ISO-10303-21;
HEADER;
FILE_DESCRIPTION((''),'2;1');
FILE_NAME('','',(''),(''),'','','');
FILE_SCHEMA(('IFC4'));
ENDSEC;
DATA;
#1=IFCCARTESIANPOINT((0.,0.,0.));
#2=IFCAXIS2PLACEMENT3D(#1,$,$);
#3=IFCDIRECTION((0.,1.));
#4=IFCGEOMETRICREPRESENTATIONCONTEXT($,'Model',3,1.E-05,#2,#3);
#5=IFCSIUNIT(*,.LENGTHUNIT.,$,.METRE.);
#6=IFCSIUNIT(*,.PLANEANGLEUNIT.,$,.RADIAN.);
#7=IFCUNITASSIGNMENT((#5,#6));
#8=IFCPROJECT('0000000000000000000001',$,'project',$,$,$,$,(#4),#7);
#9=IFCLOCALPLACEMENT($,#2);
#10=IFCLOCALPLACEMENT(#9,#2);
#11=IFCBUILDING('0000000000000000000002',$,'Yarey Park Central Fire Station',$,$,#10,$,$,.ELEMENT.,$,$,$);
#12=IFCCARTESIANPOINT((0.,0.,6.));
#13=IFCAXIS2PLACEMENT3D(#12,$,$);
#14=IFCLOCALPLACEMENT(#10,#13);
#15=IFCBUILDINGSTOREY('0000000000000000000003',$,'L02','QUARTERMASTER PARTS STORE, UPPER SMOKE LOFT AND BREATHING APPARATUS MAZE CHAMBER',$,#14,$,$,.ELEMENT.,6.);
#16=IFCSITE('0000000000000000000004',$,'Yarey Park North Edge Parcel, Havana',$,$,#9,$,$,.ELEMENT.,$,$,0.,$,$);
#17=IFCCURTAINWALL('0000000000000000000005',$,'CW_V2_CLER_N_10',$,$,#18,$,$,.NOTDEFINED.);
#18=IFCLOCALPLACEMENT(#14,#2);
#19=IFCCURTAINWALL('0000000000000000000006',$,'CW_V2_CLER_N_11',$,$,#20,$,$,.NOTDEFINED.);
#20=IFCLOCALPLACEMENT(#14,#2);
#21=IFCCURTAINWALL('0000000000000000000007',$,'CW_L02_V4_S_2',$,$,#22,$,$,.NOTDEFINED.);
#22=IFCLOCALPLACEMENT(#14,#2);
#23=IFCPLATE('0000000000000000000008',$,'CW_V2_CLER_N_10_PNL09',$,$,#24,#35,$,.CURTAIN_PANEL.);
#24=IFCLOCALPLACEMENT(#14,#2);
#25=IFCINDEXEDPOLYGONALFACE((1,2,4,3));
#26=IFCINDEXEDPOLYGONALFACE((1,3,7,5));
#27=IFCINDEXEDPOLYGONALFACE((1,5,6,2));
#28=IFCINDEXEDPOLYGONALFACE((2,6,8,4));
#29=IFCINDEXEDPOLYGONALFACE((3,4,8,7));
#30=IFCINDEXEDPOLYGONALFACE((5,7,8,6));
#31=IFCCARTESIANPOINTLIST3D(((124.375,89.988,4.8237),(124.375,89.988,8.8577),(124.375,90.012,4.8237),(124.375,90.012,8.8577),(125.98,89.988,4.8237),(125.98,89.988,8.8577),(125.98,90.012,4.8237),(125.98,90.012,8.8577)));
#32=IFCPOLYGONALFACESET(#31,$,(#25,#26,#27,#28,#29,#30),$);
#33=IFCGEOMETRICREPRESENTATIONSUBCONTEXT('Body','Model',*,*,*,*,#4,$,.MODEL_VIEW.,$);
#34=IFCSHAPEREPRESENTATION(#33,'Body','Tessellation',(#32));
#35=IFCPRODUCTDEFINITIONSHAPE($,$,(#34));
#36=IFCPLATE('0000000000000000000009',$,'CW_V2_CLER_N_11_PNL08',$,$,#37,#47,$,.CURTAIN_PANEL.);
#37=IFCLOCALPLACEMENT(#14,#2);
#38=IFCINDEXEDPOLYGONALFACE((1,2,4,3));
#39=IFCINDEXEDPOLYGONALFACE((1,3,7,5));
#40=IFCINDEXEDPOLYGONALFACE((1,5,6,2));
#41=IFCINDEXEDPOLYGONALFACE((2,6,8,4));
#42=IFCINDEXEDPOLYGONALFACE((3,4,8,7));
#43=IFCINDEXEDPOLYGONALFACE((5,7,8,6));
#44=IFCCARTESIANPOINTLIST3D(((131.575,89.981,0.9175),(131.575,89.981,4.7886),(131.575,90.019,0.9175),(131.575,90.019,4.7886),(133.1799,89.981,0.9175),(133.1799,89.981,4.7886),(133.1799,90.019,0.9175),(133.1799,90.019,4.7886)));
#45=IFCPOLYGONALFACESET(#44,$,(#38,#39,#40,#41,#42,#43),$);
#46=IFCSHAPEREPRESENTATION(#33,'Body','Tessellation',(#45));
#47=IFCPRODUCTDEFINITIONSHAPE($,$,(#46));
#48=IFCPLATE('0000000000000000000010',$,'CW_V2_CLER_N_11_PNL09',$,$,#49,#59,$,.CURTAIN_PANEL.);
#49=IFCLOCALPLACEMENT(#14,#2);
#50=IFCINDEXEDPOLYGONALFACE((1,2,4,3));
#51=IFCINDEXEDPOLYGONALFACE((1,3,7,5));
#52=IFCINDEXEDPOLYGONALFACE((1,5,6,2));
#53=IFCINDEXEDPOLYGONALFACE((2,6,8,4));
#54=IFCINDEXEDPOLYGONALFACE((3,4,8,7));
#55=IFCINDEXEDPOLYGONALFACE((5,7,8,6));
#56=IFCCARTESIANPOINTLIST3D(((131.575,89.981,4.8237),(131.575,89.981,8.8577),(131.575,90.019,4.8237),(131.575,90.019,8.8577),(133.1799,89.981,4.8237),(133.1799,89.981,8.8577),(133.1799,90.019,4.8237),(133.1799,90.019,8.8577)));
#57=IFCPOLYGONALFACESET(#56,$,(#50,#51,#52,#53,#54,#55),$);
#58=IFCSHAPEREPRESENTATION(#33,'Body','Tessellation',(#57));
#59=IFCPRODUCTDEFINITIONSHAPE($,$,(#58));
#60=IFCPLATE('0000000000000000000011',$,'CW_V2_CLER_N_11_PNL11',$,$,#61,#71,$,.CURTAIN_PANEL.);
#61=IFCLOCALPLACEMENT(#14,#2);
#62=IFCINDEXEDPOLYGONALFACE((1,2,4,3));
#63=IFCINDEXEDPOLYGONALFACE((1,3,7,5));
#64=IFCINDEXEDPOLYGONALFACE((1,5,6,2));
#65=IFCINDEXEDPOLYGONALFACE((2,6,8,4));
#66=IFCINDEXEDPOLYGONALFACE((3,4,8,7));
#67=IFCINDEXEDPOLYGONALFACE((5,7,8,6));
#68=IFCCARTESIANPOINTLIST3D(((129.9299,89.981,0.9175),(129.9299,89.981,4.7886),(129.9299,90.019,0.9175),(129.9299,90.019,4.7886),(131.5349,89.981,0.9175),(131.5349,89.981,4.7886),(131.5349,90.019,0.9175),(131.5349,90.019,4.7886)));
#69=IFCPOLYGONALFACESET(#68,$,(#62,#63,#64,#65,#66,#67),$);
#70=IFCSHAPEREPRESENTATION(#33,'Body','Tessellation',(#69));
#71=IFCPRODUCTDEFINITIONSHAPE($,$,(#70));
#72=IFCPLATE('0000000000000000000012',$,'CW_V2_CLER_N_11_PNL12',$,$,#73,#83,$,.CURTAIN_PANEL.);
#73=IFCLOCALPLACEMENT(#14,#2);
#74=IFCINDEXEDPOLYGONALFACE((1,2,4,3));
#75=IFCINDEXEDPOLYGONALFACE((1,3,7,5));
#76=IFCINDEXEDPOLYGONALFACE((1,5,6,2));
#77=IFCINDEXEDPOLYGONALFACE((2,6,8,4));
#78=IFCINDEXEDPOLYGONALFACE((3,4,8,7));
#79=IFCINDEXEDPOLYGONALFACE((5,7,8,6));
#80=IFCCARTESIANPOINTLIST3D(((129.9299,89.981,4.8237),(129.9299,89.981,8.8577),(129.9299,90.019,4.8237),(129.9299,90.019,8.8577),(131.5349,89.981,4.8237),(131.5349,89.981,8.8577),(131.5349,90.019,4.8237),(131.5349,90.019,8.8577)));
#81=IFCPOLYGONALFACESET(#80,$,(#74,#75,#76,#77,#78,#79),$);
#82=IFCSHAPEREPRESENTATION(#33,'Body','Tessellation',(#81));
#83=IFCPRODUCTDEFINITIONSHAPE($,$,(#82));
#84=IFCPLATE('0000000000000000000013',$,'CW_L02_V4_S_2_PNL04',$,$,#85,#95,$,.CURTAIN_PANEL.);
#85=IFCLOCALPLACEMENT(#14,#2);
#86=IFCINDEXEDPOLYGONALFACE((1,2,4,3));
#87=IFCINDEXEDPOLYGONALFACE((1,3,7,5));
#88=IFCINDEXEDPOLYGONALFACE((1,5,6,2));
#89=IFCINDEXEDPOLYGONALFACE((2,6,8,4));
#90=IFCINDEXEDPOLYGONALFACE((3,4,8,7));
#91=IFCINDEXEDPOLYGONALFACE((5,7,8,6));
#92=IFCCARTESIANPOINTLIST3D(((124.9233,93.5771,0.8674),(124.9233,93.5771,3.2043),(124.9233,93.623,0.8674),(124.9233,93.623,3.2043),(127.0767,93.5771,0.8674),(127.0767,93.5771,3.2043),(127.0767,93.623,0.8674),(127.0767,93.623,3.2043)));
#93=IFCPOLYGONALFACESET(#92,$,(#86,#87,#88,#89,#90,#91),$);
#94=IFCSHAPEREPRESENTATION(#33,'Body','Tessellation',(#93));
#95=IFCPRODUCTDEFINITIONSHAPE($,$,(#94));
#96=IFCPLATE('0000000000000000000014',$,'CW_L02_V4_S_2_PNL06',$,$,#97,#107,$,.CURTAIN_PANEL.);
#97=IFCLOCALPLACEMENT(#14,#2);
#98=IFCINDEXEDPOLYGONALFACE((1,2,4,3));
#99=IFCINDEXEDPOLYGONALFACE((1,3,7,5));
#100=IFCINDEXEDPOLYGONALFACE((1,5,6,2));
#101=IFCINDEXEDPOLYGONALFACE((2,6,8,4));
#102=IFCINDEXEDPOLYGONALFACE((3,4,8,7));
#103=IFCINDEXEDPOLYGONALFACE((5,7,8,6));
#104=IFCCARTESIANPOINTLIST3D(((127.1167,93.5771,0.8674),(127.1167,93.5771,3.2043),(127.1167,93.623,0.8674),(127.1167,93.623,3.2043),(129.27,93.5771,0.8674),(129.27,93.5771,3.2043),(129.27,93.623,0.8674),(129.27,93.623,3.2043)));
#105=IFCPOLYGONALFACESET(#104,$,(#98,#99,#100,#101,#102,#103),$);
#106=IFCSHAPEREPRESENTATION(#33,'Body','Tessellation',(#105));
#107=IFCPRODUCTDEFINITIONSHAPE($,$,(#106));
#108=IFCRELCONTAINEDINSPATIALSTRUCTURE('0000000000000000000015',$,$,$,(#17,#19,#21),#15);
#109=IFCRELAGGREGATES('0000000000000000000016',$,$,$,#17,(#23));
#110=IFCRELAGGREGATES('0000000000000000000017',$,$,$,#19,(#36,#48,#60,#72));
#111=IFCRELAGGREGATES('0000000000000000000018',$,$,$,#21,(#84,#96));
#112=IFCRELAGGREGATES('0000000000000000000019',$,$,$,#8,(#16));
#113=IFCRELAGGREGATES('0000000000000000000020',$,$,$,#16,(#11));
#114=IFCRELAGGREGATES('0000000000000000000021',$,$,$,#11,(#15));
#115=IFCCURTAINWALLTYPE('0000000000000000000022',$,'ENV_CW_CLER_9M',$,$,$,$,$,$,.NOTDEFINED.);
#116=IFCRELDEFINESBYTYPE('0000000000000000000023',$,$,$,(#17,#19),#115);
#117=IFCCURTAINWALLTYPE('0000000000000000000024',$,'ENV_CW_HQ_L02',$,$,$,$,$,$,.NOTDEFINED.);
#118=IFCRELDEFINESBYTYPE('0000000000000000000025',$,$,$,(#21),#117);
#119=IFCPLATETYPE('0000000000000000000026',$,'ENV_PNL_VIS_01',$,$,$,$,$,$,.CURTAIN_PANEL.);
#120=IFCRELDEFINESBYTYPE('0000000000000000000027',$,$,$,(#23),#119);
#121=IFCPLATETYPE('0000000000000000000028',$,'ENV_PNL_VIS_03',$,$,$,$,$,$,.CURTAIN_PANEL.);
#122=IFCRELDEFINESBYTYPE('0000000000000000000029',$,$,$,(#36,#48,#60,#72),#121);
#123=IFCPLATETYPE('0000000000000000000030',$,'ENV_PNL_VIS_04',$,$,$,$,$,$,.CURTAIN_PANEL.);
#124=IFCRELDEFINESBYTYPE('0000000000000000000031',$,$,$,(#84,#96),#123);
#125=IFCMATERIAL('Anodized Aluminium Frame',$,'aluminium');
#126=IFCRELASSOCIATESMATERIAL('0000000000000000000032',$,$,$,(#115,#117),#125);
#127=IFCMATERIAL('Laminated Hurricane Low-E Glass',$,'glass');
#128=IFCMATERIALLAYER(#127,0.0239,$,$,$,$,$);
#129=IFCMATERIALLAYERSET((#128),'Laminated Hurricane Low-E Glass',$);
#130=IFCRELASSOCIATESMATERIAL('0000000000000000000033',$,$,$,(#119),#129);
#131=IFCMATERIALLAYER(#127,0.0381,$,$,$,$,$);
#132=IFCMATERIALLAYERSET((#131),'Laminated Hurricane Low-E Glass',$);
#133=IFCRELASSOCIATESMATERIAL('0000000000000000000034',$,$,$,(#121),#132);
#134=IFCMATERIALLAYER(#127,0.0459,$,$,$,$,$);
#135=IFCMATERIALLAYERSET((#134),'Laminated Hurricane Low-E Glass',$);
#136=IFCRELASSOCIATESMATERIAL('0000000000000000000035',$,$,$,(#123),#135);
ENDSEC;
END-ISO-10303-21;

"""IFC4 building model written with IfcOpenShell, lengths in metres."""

from ifc_helpers import new_model, si_unit, direction, frame, origin, origin_2d, place, context, subcontext, project, spatial, rectangle, extrude, material, layer, layer_set, type_object, element, aggregate, save


model = new_model("IFC4")

# Units and contexts
model_context = context("Model", 3, precision=1e-05, world=origin(), true_north=direction((0.0, 1.0)))
body_context = subcontext(model_context, "Body", "Model", "MODEL_VIEW")
ifc_project = project(units=[si_unit("LENGTHUNIT", "METRE"), si_unit("PLANEANGLEUNIT", "RADIAN")], contexts=[model_context])

# Site, building, storey
site_placement = place(None, origin())
site = spatial("IfcSite", under=ifc_project, at=site_placement, Name="Yarey Park North Edge Parcel, Havana", CompositionType="ELEMENT", RefElevation=0.0)
building_placement = place(site_placement, origin())
building = spatial("IfcBuilding", under=site, at=building_placement, Name="Yarey Park Central Fire Station", CompositionType="ELEMENT")
storey_placement = place(building_placement, frame((0.0, 0.0, 6.0)))
storey = spatial("IfcBuildingStorey", under=building, at=storey_placement, Name="L02", Description="QUARTERMASTER PARTS STORE, UPPER SMOKE LOFT AND BREATHING APPARATUS MAZE CHAMBER", CompositionType="ELEMENT", Elevation=6.0)

# Curtain walls
ifc_material_1 = material(Name="Anodized Aluminium Frame", Category="aluminium")
curtain_wall_type_1 = type_object("IfcCurtainWallType", Name="ENV_CW_CLER_9M", PredefinedType="NOTDEFINED", material=ifc_material_1)
curtain_wall_1_placement = place(storey_placement, origin())
curtain_wall_1 = element("IfcCurtainWall", 1, at=curtain_wall_1_placement, inside=storey, type_object=curtain_wall_type_1, Name="CW_V2_CLER_N_10", PredefinedType="NOTDEFINED")
curtain_wall_2_placement = place(storey_placement, origin())
curtain_wall_2 = element("IfcCurtainWall", 2, at=curtain_wall_2_placement, inside=storey, type_object=curtain_wall_type_1, Name="CW_V2_CLER_N_11", PredefinedType="NOTDEFINED")

# Curtain wall
curtain_wall_type_2 = type_object("IfcCurtainWallType", Name="ENV_CW_HQ_L02", PredefinedType="NOTDEFINED", material=ifc_material_1)
curtain_wall_3_placement = place(storey_placement, origin())
curtain_wall_3 = element("IfcCurtainWall", 3, at=curtain_wall_3_placement, inside=storey, type_object=curtain_wall_type_2, Name="CW_L02_V4_S_2", PredefinedType="NOTDEFINED")

# Plates
ifc_material_2 = material(Name="Laminated Hurricane Low-E Glass", Category="glass")
ifc_layer_1 = layer(ifc_material_2, 0.0239)
ifc_layer_set_1 = layer_set([ifc_layer_1], Name="Laminated Hurricane Low-E Glass")
plate_type_1 = type_object("IfcPlateType", Name="ENV_PNL_VIS_01", PredefinedType="CURTAIN_PANEL", material=ifc_layer_set_1)
plate_1_placement = place(storey_placement, frame((125.1775, 90.0, 4.8237), z_axis=(0.0, 0.0, 1.0), x_axis=(-1.0, 0.0, 0.0)))
plate_1 = element("IfcPlate", 4, at=plate_1_placement, type_object=plate_type_1, Name="CW_V2_CLER_N_10_PNL09", PredefinedType="CURTAIN_PANEL", context=body_context, shape_type="SweptSolid", body=[
    extrude(rectangle(XDim=1.605, YDim=0.0239, at=origin_2d()), origin(), (0.0, 0.0, 1.0), 4.0339),
])
aggregate(curtain_wall_1, [plate_1])
ifc_layer_2 = layer(ifc_material_2, 0.0381)
ifc_layer_set_2 = layer_set([ifc_layer_2], Name="Laminated Hurricane Low-E Glass")
plate_type_2 = type_object("IfcPlateType", Name="ENV_PNL_VIS_03", PredefinedType="CURTAIN_PANEL", material=ifc_layer_set_2)
plate_2_placement = place(storey_placement, frame((132.3774, 90.0, 0.9175), z_axis=(0.0, 0.0, 1.0), x_axis=(-1.0, 0.0, 0.0)))
plate_2 = element("IfcPlate", 5, at=plate_2_placement, type_object=plate_type_2, Name="CW_V2_CLER_N_11_PNL08", PredefinedType="CURTAIN_PANEL", context=body_context, shape_type="SweptSolid", body=[
    extrude(rectangle(XDim=1.605, YDim=0.0381, at=origin_2d()), origin(), (0.0, 0.0, 1.0), 3.8711),
])
plate_3_placement = place(storey_placement, frame((132.3774, 90.0, 4.8237), z_axis=(0.0, 0.0, 1.0), x_axis=(-1.0, 0.0, 0.0)))
plate_3 = element("IfcPlate", 6, at=plate_3_placement, type_object=plate_type_2, Name="CW_V2_CLER_N_11_PNL09", PredefinedType="CURTAIN_PANEL", context=body_context, shape_type="SweptSolid", body=[
    extrude(rectangle(XDim=1.605, YDim=0.0381, at=origin_2d()), origin(), (0.0, 0.0, 1.0), 4.0339),
])
plate_4_placement = place(storey_placement, frame((130.7324, 90.0, 0.9175), z_axis=(0.0, 0.0, 1.0), x_axis=(-1.0, 0.0, 0.0)))
plate_4 = element("IfcPlate", 7, at=plate_4_placement, type_object=plate_type_2, Name="CW_V2_CLER_N_11_PNL11", PredefinedType="CURTAIN_PANEL", context=body_context, shape_type="SweptSolid", body=[
    extrude(rectangle(XDim=1.605, YDim=0.0381, at=origin_2d()), origin(), (0.0, 0.0, 1.0), 3.8711),
])
plate_5_placement = place(storey_placement, frame((130.7324, 90.0, 4.8237), z_axis=(0.0, 0.0, 1.0), x_axis=(-1.0, 0.0, 0.0)))
plate_5 = element("IfcPlate", 8, at=plate_5_placement, type_object=plate_type_2, Name="CW_V2_CLER_N_11_PNL12", PredefinedType="CURTAIN_PANEL", context=body_context, shape_type="SweptSolid", body=[
    extrude(rectangle(XDim=1.605, YDim=0.0381, at=origin_2d()), origin(), (0.0, 0.0, 1.0), 4.0339),
])
aggregate(curtain_wall_2, [plate_2, plate_3, plate_4, plate_5])
ifc_layer_3 = layer(ifc_material_2, 0.0459)
ifc_layer_set_3 = layer_set([ifc_layer_3], Name="Laminated Hurricane Low-E Glass")
plate_type_3 = type_object("IfcPlateType", Name="ENV_PNL_VIS_04", PredefinedType="CURTAIN_PANEL", material=ifc_layer_set_3)
plate_6_placement = place(storey_placement, frame((126.0, 93.6001, 0.8674), z_axis=(0.0, 0.0, 1.0), x_axis=(1.0, 0.0, 0.0)))
plate_6 = element("IfcPlate", 9, at=plate_6_placement, type_object=plate_type_3, Name="CW_L02_V4_S_2_PNL04", PredefinedType="CURTAIN_PANEL", context=body_context, shape_type="SweptSolid", body=[
    extrude(rectangle(XDim=2.1533, YDim=0.0459, at=origin_2d()), origin(), (0.0, 0.0, 1.0), 2.3369),
])
plate_7_placement = place(storey_placement, frame((128.1934, 93.6001, 0.8674), z_axis=(0.0, 0.0, 1.0), x_axis=(1.0, 0.0, 0.0)))
plate_7 = element("IfcPlate", 10, at=plate_7_placement, type_object=plate_type_3, Name="CW_L02_V4_S_2_PNL06", PredefinedType="CURTAIN_PANEL", context=body_context, shape_type="SweptSolid", body=[
    extrude(rectangle(XDim=2.1533, YDim=0.0459, at=origin_2d()), origin(), (0.0, 0.0, 1.0), 2.3369),
])
aggregate(curtain_wall_3, [plate_6, plate_7])

save(model, "model.ifc")
